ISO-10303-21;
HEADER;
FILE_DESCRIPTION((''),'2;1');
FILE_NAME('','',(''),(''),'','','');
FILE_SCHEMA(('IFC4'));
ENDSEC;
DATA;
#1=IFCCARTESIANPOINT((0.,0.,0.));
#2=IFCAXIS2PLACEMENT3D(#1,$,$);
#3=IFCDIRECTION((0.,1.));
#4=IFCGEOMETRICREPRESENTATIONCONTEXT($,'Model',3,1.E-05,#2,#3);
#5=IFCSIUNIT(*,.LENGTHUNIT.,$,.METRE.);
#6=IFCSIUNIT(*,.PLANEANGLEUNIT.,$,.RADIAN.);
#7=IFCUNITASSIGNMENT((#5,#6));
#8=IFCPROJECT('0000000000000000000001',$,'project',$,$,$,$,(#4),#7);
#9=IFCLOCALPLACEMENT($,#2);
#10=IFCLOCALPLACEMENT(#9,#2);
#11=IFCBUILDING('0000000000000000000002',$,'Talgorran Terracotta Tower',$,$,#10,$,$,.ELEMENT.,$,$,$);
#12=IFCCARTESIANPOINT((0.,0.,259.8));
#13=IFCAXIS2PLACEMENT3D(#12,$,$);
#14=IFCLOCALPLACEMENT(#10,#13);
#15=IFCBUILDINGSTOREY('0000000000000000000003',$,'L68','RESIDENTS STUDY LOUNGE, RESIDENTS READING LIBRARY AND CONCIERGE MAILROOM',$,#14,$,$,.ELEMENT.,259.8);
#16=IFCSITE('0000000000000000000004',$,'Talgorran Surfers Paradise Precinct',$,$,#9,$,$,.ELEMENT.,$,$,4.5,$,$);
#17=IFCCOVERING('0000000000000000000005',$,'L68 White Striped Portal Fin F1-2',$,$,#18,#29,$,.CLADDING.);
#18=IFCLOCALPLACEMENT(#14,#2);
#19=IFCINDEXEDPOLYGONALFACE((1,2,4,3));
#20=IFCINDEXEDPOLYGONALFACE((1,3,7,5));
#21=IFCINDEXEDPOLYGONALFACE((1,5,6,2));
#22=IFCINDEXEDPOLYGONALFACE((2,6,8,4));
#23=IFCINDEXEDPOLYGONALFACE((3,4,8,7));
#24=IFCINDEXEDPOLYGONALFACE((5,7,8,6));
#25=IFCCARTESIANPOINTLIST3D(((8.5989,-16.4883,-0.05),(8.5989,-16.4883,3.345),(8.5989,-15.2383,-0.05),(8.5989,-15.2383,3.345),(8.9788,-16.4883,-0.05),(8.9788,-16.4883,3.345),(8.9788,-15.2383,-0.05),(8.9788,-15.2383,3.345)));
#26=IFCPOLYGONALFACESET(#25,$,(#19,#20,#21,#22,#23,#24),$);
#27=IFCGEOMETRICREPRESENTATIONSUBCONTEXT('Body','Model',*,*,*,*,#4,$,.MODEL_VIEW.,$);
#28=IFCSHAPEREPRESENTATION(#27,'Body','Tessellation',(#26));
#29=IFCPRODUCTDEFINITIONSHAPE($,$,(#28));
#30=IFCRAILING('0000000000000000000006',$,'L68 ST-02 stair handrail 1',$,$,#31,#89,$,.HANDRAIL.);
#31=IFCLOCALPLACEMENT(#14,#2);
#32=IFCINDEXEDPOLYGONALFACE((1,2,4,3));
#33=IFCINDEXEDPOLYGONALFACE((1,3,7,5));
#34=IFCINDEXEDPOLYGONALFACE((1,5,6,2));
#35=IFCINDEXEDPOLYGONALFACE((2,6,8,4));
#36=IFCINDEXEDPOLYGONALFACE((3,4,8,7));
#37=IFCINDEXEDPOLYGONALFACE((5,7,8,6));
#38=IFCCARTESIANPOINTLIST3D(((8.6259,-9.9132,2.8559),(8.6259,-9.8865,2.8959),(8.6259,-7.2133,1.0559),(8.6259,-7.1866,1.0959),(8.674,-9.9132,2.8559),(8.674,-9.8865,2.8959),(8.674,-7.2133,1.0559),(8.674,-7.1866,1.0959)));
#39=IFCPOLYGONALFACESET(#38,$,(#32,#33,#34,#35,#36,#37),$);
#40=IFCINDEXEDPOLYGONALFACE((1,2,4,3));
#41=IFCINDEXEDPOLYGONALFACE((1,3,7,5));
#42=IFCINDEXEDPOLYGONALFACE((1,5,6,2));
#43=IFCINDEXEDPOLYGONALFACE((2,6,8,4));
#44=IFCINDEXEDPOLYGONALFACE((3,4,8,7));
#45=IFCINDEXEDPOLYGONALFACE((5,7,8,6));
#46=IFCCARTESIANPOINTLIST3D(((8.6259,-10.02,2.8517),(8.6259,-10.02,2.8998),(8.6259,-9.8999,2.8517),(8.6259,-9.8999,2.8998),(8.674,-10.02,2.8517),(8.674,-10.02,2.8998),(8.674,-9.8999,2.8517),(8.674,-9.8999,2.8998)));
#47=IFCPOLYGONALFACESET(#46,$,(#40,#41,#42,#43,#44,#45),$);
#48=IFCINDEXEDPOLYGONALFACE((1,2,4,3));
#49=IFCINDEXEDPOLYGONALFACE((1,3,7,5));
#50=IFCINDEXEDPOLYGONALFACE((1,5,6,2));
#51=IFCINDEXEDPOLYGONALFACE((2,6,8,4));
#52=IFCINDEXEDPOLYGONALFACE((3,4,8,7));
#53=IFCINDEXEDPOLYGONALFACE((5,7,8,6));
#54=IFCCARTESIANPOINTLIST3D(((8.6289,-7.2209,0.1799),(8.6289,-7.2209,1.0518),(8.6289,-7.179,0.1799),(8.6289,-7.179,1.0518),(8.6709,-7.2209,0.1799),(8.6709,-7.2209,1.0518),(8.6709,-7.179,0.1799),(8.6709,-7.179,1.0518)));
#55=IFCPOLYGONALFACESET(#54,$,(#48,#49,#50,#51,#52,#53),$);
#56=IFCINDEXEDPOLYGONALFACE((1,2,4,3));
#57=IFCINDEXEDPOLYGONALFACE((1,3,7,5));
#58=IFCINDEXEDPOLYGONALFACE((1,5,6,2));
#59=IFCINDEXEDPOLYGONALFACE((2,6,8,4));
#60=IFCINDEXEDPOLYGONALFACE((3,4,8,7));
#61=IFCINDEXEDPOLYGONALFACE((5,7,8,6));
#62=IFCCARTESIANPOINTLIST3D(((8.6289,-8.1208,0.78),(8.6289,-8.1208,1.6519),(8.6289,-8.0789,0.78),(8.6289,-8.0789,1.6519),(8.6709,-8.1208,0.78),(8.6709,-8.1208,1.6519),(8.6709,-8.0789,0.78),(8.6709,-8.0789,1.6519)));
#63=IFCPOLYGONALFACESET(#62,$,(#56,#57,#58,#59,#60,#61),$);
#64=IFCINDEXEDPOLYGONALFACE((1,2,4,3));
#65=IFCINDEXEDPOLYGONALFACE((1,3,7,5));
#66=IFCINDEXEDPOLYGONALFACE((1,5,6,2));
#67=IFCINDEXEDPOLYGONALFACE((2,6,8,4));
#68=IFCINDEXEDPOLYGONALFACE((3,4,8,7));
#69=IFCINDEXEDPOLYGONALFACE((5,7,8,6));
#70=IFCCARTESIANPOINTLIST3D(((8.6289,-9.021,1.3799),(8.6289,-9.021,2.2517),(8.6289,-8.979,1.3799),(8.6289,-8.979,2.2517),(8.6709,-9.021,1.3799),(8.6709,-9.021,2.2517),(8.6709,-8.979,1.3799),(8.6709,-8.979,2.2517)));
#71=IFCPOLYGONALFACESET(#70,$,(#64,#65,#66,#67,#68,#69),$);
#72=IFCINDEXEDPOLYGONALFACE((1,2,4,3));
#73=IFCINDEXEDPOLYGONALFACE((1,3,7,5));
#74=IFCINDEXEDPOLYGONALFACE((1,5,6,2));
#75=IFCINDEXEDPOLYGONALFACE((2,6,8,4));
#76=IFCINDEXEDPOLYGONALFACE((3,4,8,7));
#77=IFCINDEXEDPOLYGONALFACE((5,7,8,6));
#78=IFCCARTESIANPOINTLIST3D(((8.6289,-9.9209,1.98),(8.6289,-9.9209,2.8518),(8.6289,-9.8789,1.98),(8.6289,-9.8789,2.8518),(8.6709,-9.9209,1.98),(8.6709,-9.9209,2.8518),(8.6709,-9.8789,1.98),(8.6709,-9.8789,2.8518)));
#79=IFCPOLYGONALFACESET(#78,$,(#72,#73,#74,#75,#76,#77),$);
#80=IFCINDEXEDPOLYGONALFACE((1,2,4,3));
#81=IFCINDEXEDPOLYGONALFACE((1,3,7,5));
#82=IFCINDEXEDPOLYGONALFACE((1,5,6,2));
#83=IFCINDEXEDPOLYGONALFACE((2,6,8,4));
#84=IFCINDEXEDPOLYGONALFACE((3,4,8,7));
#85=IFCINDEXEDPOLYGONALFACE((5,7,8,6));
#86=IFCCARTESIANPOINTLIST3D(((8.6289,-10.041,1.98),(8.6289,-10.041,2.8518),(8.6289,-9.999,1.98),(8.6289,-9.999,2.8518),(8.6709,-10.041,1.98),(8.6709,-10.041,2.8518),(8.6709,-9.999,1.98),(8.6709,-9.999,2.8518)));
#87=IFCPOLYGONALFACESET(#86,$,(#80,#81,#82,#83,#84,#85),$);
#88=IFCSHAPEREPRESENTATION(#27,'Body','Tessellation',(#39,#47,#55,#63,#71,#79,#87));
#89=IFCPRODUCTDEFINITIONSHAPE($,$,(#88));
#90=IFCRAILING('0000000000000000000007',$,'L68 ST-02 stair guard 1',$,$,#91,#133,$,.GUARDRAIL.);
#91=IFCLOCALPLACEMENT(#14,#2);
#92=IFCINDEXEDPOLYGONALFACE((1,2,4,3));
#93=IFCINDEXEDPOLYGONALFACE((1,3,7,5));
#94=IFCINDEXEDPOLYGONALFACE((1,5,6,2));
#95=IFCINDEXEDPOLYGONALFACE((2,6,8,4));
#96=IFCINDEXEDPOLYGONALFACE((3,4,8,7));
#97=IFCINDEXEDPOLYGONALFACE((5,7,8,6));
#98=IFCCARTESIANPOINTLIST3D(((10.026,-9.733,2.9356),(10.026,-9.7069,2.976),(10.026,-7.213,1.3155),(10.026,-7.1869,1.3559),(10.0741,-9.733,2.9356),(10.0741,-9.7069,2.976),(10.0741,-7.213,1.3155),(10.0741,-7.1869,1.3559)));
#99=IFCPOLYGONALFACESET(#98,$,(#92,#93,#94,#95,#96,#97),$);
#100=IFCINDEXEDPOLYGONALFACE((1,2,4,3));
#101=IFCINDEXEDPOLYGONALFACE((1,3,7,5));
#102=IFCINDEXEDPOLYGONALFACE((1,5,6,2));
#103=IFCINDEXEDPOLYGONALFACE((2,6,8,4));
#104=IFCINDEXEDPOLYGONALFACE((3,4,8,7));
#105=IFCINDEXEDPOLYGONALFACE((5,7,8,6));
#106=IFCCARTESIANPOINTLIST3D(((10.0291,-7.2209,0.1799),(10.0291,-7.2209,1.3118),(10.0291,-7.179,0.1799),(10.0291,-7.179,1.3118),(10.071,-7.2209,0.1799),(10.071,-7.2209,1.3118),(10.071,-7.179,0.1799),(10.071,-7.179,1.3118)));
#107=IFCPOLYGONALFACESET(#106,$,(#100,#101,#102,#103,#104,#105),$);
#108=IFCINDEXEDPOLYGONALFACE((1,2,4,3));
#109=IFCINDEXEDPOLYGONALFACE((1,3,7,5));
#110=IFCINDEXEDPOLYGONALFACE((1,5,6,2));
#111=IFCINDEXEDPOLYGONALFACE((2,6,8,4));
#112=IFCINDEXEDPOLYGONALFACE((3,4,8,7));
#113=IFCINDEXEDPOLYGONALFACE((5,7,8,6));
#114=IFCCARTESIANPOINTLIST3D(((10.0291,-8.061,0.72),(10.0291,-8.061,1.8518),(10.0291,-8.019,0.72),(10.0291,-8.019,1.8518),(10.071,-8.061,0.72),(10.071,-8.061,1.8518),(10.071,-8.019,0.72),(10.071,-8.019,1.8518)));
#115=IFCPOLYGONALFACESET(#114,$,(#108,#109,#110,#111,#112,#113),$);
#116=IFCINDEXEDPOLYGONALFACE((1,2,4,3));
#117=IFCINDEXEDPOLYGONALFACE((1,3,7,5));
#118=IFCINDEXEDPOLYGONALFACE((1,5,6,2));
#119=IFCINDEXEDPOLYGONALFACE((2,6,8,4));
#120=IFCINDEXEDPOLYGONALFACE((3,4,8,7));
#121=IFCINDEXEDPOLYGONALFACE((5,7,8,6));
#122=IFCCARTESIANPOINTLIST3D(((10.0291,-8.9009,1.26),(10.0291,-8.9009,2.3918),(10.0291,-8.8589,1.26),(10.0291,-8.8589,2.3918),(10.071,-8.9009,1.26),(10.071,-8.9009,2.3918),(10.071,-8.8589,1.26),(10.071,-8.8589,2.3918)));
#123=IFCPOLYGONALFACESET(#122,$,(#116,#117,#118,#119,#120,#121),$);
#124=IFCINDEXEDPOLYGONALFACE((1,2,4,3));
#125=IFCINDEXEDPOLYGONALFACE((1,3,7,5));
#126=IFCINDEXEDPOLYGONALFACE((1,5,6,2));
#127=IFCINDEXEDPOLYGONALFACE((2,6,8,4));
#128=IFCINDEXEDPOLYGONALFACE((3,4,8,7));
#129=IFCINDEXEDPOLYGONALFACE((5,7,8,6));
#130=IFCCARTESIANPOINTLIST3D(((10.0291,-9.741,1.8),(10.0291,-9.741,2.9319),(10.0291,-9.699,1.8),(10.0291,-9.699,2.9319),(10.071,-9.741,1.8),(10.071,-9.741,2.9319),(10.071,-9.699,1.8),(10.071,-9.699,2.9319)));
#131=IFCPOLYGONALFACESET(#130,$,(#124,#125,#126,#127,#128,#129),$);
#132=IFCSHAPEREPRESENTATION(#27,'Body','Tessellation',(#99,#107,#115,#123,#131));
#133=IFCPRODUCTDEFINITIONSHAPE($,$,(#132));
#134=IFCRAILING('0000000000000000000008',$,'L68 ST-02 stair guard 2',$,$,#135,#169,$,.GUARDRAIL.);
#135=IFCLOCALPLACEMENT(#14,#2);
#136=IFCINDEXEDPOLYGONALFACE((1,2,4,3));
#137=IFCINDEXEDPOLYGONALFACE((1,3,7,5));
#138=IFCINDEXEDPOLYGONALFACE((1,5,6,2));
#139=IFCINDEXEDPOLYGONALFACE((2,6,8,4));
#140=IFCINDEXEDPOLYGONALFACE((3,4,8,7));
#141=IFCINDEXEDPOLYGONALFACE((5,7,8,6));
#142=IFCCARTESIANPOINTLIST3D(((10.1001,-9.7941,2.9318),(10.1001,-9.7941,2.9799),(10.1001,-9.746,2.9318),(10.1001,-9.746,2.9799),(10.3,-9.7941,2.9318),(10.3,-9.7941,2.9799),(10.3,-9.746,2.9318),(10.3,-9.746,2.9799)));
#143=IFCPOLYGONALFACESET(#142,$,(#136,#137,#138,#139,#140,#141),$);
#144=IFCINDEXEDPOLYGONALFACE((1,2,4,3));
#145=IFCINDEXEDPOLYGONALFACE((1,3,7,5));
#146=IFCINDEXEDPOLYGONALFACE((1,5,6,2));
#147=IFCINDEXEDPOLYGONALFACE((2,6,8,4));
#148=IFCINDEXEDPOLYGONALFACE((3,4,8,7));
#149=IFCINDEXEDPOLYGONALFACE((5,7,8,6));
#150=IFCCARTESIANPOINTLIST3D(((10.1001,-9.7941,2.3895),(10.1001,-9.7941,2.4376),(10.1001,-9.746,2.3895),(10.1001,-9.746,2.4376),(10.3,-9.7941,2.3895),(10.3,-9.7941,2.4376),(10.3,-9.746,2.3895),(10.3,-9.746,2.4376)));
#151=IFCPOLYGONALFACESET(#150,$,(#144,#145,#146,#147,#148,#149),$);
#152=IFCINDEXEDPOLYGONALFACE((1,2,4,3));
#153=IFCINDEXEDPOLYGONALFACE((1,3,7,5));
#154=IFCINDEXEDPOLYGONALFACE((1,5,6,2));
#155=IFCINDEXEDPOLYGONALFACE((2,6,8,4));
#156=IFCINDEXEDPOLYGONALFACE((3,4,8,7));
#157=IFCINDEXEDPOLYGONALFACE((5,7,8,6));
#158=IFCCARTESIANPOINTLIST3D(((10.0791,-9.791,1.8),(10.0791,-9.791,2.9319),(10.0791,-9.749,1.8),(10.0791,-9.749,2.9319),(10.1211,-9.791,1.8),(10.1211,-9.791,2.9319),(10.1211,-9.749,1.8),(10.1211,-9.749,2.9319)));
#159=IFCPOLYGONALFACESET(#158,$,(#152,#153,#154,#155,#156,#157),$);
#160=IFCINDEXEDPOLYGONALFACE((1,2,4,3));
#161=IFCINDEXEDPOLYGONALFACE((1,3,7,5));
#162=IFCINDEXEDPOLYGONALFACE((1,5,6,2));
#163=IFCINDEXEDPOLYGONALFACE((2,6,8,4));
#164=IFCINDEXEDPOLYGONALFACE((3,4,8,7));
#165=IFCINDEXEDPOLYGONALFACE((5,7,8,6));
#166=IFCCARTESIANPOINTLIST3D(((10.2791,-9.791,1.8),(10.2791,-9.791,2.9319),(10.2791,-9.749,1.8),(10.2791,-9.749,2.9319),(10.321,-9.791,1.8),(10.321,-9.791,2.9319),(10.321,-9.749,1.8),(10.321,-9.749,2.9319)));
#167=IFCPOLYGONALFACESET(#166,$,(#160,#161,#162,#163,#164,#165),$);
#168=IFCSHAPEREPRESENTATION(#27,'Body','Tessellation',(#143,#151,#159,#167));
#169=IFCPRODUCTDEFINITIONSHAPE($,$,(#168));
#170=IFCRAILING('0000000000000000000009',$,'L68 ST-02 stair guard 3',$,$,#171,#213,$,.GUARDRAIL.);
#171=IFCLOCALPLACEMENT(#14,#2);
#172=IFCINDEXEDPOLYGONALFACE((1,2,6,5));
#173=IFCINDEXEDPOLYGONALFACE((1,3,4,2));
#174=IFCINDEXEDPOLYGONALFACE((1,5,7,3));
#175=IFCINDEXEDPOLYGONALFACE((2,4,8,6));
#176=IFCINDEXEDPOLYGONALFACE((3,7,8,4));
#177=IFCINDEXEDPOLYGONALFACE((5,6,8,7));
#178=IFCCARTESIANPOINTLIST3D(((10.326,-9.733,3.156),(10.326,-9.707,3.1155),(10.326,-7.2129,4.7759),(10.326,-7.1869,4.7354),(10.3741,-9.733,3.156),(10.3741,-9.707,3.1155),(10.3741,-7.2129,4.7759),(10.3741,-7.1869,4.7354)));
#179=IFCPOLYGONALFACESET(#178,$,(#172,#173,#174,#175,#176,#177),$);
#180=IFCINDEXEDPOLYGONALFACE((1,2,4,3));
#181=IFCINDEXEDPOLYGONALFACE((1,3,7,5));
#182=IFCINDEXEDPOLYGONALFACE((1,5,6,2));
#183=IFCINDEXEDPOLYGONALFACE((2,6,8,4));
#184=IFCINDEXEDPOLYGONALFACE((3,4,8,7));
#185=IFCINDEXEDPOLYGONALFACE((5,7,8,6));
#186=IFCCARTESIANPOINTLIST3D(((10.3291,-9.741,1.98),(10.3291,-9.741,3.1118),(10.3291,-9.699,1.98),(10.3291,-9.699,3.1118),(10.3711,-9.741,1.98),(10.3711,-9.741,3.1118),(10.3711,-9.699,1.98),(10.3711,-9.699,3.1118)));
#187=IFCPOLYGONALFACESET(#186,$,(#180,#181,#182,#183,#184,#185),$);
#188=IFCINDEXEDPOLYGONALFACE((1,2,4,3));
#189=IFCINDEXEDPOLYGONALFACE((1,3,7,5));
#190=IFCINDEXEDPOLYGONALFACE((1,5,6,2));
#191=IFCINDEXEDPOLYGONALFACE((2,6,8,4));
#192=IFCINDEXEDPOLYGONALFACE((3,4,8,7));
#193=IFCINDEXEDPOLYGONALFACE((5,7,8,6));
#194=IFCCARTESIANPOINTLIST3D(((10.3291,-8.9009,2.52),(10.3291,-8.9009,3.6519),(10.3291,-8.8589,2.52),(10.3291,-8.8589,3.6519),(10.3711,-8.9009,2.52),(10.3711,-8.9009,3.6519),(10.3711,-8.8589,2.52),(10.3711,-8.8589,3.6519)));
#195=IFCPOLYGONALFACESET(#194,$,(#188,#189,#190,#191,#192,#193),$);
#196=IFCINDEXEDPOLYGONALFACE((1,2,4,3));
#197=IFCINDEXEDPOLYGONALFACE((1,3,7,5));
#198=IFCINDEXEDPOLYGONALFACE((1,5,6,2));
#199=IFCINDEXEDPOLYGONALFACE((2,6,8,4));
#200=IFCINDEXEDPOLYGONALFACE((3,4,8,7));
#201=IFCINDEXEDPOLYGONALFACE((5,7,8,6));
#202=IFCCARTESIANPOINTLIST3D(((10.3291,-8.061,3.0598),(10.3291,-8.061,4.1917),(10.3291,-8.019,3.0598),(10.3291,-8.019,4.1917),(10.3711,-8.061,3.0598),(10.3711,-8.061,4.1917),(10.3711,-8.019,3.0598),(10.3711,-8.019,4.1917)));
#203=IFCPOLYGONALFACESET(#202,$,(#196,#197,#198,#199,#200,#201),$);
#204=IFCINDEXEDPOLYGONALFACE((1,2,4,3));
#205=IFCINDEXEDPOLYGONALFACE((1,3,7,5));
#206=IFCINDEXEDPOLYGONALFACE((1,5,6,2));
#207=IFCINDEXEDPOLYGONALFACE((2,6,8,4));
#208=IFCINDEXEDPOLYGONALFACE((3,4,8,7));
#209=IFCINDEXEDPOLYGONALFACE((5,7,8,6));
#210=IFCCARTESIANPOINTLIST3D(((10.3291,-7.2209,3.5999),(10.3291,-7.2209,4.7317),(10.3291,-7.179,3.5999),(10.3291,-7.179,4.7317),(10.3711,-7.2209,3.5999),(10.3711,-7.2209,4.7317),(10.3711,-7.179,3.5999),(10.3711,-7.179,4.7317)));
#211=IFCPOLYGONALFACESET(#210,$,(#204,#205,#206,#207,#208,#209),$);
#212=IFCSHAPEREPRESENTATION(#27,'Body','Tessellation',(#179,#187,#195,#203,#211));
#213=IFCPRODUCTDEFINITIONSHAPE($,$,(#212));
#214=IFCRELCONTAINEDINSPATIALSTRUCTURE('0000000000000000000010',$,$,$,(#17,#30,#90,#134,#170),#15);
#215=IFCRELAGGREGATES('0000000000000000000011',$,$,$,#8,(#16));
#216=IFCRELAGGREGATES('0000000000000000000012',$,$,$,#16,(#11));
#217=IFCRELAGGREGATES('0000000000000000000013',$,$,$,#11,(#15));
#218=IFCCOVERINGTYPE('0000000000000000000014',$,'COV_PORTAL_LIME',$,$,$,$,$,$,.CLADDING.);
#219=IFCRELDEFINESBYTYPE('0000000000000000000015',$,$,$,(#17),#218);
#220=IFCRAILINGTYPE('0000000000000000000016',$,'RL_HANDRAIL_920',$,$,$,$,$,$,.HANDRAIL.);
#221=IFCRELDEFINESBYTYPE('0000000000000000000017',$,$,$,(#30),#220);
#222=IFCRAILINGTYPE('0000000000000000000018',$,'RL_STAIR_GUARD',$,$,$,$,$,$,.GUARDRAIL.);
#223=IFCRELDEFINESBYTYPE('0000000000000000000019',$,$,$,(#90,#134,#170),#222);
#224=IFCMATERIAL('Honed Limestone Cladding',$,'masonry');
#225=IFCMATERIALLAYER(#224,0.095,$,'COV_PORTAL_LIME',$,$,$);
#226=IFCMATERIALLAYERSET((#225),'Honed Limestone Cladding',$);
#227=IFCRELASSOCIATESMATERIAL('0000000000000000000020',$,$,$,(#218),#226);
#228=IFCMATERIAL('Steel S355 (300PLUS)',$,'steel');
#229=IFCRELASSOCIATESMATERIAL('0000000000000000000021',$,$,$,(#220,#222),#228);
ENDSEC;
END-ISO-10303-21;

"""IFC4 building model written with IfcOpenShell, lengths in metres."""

from ifc_helpers import new_model, si_unit, direction, frame, origin, origin_2d, place, context, subcontext, project, spatial, rectangle, extrude, material, layer, layer_set, type_object, element, save


model = new_model("IFC4")

# Units and contexts
model_context = context("Model", 3, precision=1e-05, world=origin(), true_north=direction((0.0, 1.0)))
body_context = subcontext(model_context, "Body", "Model", "MODEL_VIEW")
ifc_project = project(units=[si_unit("LENGTHUNIT", "METRE"), si_unit("PLANEANGLEUNIT", "RADIAN")], contexts=[model_context])

# Site, building, storey
site_placement = place(None, origin())
site = spatial("IfcSite", under=ifc_project, at=site_placement, Name="Talgorran Surfers Paradise Precinct", CompositionType="ELEMENT", RefElevation=4.5)
building_placement = place(site_placement, origin())
building = spatial("IfcBuilding", under=site, at=building_placement, Name="Talgorran Terracotta Tower", CompositionType="ELEMENT")
storey_placement = place(building_placement, frame((0.0, 0.0, 259.8)))
storey = spatial("IfcBuildingStorey", under=building, at=storey_placement, Name="L68", Description="RESIDENTS STUDY LOUNGE, RESIDENTS READING LIBRARY AND CONCIERGE MAILROOM", CompositionType="ELEMENT", Elevation=259.8)

# Shared definitions
ifc_material_1 = material(Name="Steel S355 (300PLUS)", Category="steel")

# Covering
ifc_material_2 = material(Name="Honed Limestone Cladding", Category="masonry")
ifc_layer_1 = layer(ifc_material_2, 0.095, Name="COV_PORTAL_LIME")
ifc_layer_set_1 = layer_set([ifc_layer_1], Name="Honed Limestone Cladding")
covering_type = type_object("IfcCoveringType", Name="COV_PORTAL_LIME", PredefinedType="CLADDING", material=ifc_layer_set_1)
covering_placement = place(storey_placement, frame((8.7888, -15.8633, -0.05), z_axis=(0.0, 0.0, 1.0), x_axis=(1.0, 0.0, 0.0)))
element("IfcCovering", 1, at=covering_placement, inside=storey, type_object=covering_type, Name="L68 White Striped Portal Fin F1-2", PredefinedType="CLADDING", context=body_context, shape_type="SweptSolid", body=[
    extrude(rectangle(XDim=0.3799, YDim=1.25, at=origin_2d()), origin(), (0.0, 0.0, 1.0), 3.395),
])

# Railings
railing_type_1 = type_object("IfcRailingType", Name="RL_HANDRAIL_920", PredefinedType="HANDRAIL", material=ifc_material_1)
railing_1_placement = place(storey_placement, frame((8.6499, -7.2, 0.1799)))
element("IfcRailing", 2, at=railing_1_placement, inside=storey, type_object=railing_type_1, Name="L68 ST-02 stair handrail 1", PredefinedType="HANDRAIL", context=body_context, shape_type="SweptSolid", body=[
    extrude(rectangle(XDim=0.0481, YDim=0.0481, at=origin_2d()), frame((0.0, 0.0, 0.896), z_axis=(0.0, -0.832039, 0.554718), x_axis=(1.0, 0.0, 0.0)), (0.0, 0.0, 1.0), 3.2449),
    extrude(rectangle(XDim=0.0481, YDim=0.0481, at=origin_2d()), frame((0.0, -2.7, 2.6958), z_axis=(0.0, -1.0, 0.0), x_axis=(1.0, 0.0, 0.0)), (0.0, 0.0, 1.0), 0.1201),
    extrude(rectangle(XDim=0.042, YDim=0.042, at=origin_2d()), origin(), (0.0, 0.0, 1.0), 0.8718),
    extrude(rectangle(XDim=0.042, YDim=0.042, at=origin_2d()), frame((0.0, -0.8999, 0.6001)), (0.0, 0.0, 1.0), 0.8718),
    extrude(rectangle(XDim=0.042, YDim=0.042, at=origin_2d()), frame((0.0, -1.8, 1.2)), (0.0, 0.0, 1.0), 0.8718),
    extrude(rectangle(XDim=0.042, YDim=0.042, at=origin_2d()), frame((0.0, -2.7, 1.8)), (0.0, 0.0, 1.0), 0.8718),
    extrude(rectangle(XDim=0.042, YDim=0.042, at=origin_2d()), frame((0.0, -2.8201, 1.8)), (0.0, 0.0, 1.0), 0.8718),
])
railing_type_2 = type_object("IfcRailingType", Name="RL_STAIR_GUARD", PredefinedType="GUARDRAIL", material=ifc_material_1)
railing_2_placement = place(storey_placement, frame((10.05, -7.2, 0.1799)))
element("IfcRailing", 3, at=railing_2_placement, inside=storey, type_object=railing_type_2, Name="L68 ST-02 stair guard 1", PredefinedType="GUARDRAIL", context=body_context, shape_type="SweptSolid", body=[
    extrude(rectangle(XDim=0.0481, YDim=0.0481, at=origin_2d()), frame((0.0, 0.0, 1.1558), z_axis=(0.0, -0.841163, 0.540782), x_axis=(1.0, 0.0, 0.0)), (0.0, 0.0, 1.0), 2.9958),
    extrude(rectangle(XDim=0.042, YDim=0.042, at=origin_2d()), origin(), (0.0, 0.0, 1.0), 1.1318),
    extrude(rectangle(XDim=0.042, YDim=0.042, at=origin_2d()), frame((0.0, -0.8401, 0.54)), (0.0, 0.0, 1.0), 1.1318),
    extrude(rectangle(XDim=0.042, YDim=0.042, at=origin_2d()), frame((0.0, -1.6799, 1.0801)), (0.0, 0.0, 1.0), 1.1318),
    extrude(rectangle(XDim=0.042, YDim=0.042, at=origin_2d()), frame((0.0, -2.52, 1.6201)), (0.0, 0.0, 1.0), 1.1318),
])
railing_3_placement = place(storey_placement, frame((10.1001, -9.77, 1.8)))
element("IfcRailing", 4, at=railing_3_placement, inside=storey, type_object=railing_type_2, Name="L68 ST-02 stair guard 2", PredefinedType="GUARDRAIL", context=body_context, shape_type="SweptSolid", body=[
    extrude(rectangle(XDim=0.0481, YDim=0.0481, at=origin_2d()), frame((0.0, 0.0, 1.1558), z_axis=(1.0, 0.0, 0.0), x_axis=(0.0, 1.0, 0.0)), (0.0, 0.0, 1.0), 0.2),
    extrude(rectangle(XDim=0.0481, YDim=0.0481, at=origin_2d()), frame((0.0, 0.0, 0.6135), z_axis=(1.0, 0.0, 0.0), x_axis=(0.0, 1.0, 0.0)), (0.0, 0.0, 1.0), 0.2),
    extrude(rectangle(XDim=0.042, YDim=0.042, at=origin_2d()), origin(), (0.0, 0.0, 1.0), 1.1318),
    extrude(rectangle(XDim=0.042, YDim=0.042, at=origin_2d()), frame((0.2, 0.0, 0.0)), (0.0, 0.0, 1.0), 1.1318),
])
railing_4_placement = place(storey_placement, frame((10.3501, -9.72, 1.98)))
element("IfcRailing", 5, at=railing_4_placement, inside=storey, type_object=railing_type_2, Name="L68 ST-02 stair guard 3", PredefinedType="GUARDRAIL", context=body_context, shape_type="SweptSolid", body=[
    extrude(rectangle(XDim=0.0481, YDim=0.0481, at=origin_2d()), frame((0.0, 0.0, 1.1558), z_axis=(0.0, 0.8412, 0.540725), x_axis=(-1.0, 0.0, 0.0)), (0.0, 0.0, 1.0), 2.9958),
    extrude(rectangle(XDim=0.042, YDim=0.042, at=origin_2d()), origin(), (0.0, 0.0, 1.0), 1.1318),
    extrude(rectangle(XDim=0.042, YDim=0.042, at=origin_2d()), frame((0.0, 0.8401, 0.54)), (0.0, 0.0, 1.0), 1.1318),
    extrude(rectangle(XDim=0.042, YDim=0.042, at=origin_2d()), frame((0.0, 1.6799, 1.0798)), (0.0, 0.0, 1.0), 1.1318),
    extrude(rectangle(XDim=0.042, YDim=0.042, at=origin_2d()), frame((0.0, 2.52, 1.6199)), (0.0, 0.0, 1.0), 1.1318),
])

save(model, "model.ifc")
